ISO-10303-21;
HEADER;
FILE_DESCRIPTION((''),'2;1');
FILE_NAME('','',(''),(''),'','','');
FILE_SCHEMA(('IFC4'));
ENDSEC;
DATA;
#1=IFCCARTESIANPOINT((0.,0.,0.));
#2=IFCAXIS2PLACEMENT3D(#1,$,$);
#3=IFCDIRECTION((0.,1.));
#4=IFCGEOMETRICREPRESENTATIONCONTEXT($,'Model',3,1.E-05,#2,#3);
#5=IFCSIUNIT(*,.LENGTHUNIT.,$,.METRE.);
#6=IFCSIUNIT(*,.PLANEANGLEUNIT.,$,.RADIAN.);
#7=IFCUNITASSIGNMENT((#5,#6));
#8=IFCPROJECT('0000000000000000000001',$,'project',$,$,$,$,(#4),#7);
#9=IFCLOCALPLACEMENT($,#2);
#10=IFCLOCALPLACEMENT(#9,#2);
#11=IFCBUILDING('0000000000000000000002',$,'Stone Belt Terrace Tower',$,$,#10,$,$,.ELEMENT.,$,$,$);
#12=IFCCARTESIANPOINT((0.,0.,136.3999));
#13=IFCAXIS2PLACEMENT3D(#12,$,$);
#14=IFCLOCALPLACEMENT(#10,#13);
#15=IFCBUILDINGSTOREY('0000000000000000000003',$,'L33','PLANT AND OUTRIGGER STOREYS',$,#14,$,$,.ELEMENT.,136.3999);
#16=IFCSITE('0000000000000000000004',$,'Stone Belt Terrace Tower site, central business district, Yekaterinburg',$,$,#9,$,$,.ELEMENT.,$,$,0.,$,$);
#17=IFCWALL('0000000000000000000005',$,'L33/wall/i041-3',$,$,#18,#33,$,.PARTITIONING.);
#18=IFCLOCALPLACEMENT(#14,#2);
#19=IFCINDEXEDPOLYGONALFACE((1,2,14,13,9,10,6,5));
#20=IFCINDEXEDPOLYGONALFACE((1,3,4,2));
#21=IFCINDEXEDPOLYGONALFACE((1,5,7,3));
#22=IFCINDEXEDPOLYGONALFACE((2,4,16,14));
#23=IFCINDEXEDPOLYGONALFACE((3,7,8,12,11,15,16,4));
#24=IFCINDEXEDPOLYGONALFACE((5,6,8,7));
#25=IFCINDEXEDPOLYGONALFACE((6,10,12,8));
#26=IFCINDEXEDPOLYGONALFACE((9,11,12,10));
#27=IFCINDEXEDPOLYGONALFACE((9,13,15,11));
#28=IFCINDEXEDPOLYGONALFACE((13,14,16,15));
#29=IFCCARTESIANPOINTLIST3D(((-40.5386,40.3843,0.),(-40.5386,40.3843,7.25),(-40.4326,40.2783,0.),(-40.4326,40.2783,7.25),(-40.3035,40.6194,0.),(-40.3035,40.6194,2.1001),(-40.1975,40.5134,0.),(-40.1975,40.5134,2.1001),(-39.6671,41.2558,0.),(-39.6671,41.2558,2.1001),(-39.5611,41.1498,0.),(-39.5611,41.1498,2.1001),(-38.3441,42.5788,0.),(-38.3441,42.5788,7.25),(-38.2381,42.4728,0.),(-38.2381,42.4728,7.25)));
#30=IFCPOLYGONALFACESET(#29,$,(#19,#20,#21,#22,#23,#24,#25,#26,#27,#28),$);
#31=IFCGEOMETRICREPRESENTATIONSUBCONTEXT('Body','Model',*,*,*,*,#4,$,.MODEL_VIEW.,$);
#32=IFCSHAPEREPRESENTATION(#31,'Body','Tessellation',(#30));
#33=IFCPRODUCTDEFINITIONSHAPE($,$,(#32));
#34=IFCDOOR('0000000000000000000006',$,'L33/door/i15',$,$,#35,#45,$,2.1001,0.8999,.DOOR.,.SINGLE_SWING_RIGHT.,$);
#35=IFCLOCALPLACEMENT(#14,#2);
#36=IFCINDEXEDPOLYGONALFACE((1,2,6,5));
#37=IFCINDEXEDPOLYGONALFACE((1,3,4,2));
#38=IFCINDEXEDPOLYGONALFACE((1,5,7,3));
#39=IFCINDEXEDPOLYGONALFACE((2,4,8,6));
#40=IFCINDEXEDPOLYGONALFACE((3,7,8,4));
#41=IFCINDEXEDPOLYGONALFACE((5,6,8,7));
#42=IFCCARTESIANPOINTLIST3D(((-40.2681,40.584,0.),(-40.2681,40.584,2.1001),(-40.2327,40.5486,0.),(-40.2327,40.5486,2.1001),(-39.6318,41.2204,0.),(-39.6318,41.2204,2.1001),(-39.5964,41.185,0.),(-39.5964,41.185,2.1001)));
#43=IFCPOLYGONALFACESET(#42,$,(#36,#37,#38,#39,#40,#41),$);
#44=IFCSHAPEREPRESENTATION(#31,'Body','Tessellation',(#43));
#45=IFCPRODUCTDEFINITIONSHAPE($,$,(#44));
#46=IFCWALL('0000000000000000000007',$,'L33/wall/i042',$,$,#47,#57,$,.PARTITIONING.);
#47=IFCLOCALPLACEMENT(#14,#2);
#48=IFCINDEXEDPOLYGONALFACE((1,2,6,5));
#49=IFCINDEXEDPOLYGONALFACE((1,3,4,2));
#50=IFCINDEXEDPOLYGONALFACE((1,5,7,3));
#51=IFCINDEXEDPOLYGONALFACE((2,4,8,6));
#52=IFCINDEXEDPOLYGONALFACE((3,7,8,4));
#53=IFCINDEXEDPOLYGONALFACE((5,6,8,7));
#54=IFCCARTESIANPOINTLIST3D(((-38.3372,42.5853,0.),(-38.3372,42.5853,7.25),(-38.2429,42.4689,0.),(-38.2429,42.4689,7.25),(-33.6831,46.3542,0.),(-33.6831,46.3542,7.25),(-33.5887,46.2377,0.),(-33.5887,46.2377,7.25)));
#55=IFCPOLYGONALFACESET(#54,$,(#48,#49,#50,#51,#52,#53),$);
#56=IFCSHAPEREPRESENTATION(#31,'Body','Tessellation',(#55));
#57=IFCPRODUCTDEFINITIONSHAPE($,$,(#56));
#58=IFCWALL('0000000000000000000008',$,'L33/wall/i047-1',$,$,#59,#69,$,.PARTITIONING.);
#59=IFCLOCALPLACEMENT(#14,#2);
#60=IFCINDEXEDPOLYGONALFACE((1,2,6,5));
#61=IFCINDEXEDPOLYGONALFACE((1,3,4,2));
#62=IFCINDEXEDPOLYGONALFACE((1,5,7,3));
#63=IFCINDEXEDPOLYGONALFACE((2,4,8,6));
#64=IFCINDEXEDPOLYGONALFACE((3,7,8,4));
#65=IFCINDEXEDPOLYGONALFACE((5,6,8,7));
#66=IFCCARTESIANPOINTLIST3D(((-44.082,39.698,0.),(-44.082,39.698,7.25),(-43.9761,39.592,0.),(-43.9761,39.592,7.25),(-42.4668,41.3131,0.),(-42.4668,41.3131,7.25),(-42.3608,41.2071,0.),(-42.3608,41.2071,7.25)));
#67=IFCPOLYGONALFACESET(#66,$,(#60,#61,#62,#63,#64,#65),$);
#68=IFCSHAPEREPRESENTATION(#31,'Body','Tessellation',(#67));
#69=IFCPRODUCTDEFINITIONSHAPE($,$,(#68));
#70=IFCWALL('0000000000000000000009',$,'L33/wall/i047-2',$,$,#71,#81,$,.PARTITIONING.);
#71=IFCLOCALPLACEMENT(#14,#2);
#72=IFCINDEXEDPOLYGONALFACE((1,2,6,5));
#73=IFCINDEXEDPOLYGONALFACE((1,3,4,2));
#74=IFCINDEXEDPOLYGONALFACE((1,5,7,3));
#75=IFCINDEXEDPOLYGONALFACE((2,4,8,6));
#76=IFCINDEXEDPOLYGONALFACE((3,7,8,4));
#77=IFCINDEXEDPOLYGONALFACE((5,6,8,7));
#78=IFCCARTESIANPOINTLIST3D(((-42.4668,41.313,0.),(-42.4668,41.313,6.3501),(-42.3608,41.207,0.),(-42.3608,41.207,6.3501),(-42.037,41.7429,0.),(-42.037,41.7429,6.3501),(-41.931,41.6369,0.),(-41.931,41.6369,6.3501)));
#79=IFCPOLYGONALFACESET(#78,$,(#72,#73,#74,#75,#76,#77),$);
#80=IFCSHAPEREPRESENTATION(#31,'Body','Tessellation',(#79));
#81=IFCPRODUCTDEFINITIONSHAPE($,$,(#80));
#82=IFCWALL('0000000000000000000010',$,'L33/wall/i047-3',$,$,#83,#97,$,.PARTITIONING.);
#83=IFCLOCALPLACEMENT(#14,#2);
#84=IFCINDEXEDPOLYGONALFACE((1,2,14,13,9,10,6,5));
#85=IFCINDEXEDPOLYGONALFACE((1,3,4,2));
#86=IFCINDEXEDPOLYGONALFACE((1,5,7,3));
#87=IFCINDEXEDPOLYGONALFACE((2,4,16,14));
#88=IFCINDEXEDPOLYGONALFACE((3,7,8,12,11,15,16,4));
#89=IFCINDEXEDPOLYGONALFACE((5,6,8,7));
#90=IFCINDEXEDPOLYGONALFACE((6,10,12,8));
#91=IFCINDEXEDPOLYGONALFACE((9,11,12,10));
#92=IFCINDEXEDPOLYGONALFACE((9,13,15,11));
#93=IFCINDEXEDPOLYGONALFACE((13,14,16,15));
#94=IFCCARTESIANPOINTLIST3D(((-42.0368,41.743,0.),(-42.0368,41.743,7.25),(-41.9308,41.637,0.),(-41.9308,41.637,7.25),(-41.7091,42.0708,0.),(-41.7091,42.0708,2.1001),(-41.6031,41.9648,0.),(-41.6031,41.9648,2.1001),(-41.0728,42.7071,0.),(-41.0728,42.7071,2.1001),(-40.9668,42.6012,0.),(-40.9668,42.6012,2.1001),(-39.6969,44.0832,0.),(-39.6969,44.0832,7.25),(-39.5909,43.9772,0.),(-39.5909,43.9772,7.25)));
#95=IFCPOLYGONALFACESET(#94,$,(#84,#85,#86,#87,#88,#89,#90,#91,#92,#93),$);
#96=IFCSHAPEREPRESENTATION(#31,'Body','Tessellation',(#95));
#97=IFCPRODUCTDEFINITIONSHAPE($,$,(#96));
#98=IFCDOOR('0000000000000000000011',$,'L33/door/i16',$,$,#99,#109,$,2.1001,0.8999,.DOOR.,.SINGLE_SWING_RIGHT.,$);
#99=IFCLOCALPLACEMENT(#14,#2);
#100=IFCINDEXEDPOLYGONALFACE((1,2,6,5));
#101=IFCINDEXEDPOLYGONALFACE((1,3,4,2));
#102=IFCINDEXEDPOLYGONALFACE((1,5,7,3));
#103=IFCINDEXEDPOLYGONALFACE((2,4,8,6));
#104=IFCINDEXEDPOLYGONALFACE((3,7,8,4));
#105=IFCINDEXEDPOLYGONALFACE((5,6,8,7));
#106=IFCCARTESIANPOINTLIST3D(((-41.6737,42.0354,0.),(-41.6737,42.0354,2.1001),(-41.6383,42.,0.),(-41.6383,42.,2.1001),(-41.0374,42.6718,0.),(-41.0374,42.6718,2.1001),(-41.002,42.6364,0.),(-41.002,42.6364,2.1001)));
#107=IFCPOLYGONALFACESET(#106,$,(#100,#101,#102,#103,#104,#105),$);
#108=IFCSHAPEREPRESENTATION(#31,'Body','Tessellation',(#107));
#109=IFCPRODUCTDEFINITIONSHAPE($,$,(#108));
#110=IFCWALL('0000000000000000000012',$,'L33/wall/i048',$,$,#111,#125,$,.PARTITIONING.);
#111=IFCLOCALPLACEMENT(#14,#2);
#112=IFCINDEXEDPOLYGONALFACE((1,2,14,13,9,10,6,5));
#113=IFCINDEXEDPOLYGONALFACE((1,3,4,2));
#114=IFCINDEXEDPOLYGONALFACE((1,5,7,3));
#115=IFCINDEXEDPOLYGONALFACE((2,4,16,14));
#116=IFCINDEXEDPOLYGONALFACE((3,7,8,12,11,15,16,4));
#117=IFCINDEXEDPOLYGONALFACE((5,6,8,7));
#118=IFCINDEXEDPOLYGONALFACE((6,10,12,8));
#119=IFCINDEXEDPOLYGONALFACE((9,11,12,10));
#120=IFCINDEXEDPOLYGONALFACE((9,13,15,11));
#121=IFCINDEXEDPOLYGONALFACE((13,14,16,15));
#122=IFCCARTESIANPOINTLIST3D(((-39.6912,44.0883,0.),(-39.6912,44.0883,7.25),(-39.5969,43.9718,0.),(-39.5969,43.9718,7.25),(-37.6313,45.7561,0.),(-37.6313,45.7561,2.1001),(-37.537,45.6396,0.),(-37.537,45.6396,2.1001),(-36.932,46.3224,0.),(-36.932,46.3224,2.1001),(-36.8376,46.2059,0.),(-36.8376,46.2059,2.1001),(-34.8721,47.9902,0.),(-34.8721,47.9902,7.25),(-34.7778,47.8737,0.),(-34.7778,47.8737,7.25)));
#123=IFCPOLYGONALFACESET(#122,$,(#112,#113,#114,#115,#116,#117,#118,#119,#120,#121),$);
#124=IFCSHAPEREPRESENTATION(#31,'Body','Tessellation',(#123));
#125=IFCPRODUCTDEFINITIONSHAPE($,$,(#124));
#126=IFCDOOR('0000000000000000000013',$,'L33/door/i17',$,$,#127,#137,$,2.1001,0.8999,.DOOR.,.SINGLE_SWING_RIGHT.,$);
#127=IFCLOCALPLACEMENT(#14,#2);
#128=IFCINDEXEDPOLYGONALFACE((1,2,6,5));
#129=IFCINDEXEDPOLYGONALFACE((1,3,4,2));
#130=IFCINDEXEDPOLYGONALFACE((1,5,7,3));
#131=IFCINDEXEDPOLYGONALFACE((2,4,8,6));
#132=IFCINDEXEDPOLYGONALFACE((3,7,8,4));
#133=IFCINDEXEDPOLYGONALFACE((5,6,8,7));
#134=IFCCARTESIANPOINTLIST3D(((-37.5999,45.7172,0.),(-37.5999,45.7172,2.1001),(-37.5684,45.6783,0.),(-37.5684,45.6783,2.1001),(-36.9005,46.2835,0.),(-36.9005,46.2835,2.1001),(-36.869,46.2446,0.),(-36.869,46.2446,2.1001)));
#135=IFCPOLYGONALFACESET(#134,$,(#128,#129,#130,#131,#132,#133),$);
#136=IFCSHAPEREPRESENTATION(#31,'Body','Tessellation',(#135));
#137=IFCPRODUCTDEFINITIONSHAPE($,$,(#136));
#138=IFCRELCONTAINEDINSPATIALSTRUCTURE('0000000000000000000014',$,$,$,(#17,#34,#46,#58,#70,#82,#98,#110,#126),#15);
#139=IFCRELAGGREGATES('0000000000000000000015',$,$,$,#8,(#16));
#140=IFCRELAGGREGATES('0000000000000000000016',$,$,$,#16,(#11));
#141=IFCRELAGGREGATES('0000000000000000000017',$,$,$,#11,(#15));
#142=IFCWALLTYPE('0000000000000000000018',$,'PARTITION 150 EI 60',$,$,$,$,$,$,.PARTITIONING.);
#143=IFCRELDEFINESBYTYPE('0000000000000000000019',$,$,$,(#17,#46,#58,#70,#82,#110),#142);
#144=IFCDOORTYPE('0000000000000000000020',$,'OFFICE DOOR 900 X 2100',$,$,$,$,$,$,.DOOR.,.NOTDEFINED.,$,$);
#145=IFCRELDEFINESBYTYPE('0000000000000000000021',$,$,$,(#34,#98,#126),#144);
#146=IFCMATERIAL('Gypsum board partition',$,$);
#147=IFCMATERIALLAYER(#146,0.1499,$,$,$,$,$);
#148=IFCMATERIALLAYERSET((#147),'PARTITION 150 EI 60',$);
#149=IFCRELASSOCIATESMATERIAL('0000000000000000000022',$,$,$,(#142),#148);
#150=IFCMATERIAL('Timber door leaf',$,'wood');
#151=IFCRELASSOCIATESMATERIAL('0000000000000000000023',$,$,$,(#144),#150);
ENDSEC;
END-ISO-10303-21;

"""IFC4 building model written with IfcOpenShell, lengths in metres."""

from ifc_helpers import new_model, si_unit, direction, frame, frame_2d, origin, place, context, subcontext, project, spatial, rectangle, extrude, material, layer, layer_set, type_object, element, fill, save


model = new_model("IFC4")

# Units and contexts
model_context = context("Model", 3, precision=1e-05, world=origin(), true_north=direction((0.0, 1.0)))
body_context = subcontext(model_context, "Body", "Model", "MODEL_VIEW")
ifc_project = project(units=[si_unit("LENGTHUNIT", "METRE"), si_unit("PLANEANGLEUNIT", "RADIAN")], contexts=[model_context])

# Site, building, storey
site_placement = place(None, origin())
site = spatial("IfcSite", under=ifc_project, at=site_placement, Name="Stone Belt Terrace Tower site, central business district, Yekaterinburg", CompositionType="ELEMENT", RefElevation=0.0)
building_placement = place(site_placement, origin())
building = spatial("IfcBuilding", under=site, at=building_placement, Name="Stone Belt Terrace Tower", CompositionType="ELEMENT")
storey_placement = place(building_placement, frame((0.0, 0.0, 136.3999)))
storey = spatial("IfcBuildingStorey", under=building, at=storey_placement, Name="L33", Description="PLANT AND OUTRIGGER STOREYS", CompositionType="ELEMENT", Elevation=136.3999)

# Shared definitions
ifc_material_1 = material(Name="Gypsum board partition")
ifc_layer = layer(ifc_material_1, 0.1499)
ifc_layer_set = layer_set([ifc_layer], Name="PARTITION 150 EI 60")
wall_type = type_object("IfcWallType", Name="PARTITION 150 EI 60", PredefinedType="PARTITIONING", material=ifc_layer_set)

# Wall, opening, door
wall_1_placement = place(storey_placement, frame((-40.4856, 40.3313, 0.0), z_axis=(0.0, 0.0, 1.0), x_axis=(0.707107, 0.707107, 0.0)))
wall_1 = element("IfcWall", 1, at=wall_1_placement, inside=storey, type_object=wall_type, Name="L33/wall/i041-3", PredefinedType="PARTITIONING", context=body_context, shape_type="SweptSolid", body=[
    extrude(rectangle(XDim=3.1035, YDim=0.1499, at=frame_2d((1.5518, 0.0))), origin(), (0.0, 0.0, 1.0), 7.25),
])
opening_1_placement = place(wall_1_placement, frame((0.3325, 0.0, 0.0)))
opening_1 = element("IfcOpeningElement", 2, at=opening_1_placement, cuts=wall_1, PredefinedType="OPENING", context=body_context, shape_type="SweptSolid", body=[
    extrude(rectangle(XDim=0.8999, YDim=2.1001, at=frame_2d((0.45, 1.05))), frame((0.0, 0.085, 0.0), z_axis=(0.0, -1.0, 0.0), x_axis=(1.0, 0.0, 0.0)), (0.0, 0.0, 1.0), 0.1699),
])
ifc_material_2 = material(Name="Timber door leaf", Category="wood")
door_type = type_object("IfcDoorType", Name="OFFICE DOOR 900 X 2100", OperationType="NOTDEFINED", PredefinedType="DOOR", material=ifc_material_2)
door_1_placement = place(opening_1_placement, origin())
door_1 = element("IfcDoor", 3, at=door_1_placement, inside=storey, type_object=door_type, Name="L33/door/i15", OperationType="SINGLE_SWING_RIGHT", OverallHeight=2.1001, OverallWidth=0.8999, PredefinedType="DOOR", context=body_context, shape_type="SweptSolid", body=[
    extrude(rectangle(XDim=0.8999, YDim=2.1001, at=frame_2d((0.45, 1.05))), frame((0.0, 0.0249, 0.0), z_axis=(0.0, -1.0, 0.0), x_axis=(1.0, 0.0, 0.0)), (0.0, 0.0, 1.0), 0.05),
])
fill(opening_1, door_1)

# Walls
wall_2_placement = place(storey_placement, frame((-38.29, 42.5271, 0.0), z_axis=(0.0, 0.0, 1.0), x_axis=(0.777144, 0.629323, 0.0)))
element("IfcWall", 4, at=wall_2_placement, inside=storey, type_object=wall_type, Name="L33/wall/i042", PredefinedType="PARTITIONING", context=body_context, shape_type="SweptSolid", body=[
    extrude(rectangle(XDim=5.9888, YDim=0.1499, at=frame_2d((2.9944, 0.0))), origin(), (0.0, 0.0, 1.0), 7.25),
])
wall_3_placement = place(storey_placement, frame((-44.0291, 39.645, 0.0), z_axis=(0.0, 0.0, 1.0), x_axis=(0.70716, 0.707053, 0.0)))
element("IfcWall", 5, at=wall_3_placement, inside=storey, type_object=wall_type, Name="L33/wall/i047-1", PredefinedType="PARTITIONING", context=body_context, shape_type="SweptSolid", body=[
    extrude(rectangle(XDim=2.2842, YDim=0.1499, at=frame_2d((1.1421, 0.0))), origin(), (0.0, 0.0, 1.0), 7.25),
])
wall_4_placement = place(storey_placement, frame((-42.4138, 41.26, 0.0), z_axis=(0.0, 0.0, 1.0), x_axis=(0.707107, 0.707107, 0.0)))
element("IfcWall", 6, at=wall_4_placement, inside=storey, type_object=wall_type, Name="L33/wall/i047-2", PredefinedType="PARTITIONING", context=body_context, shape_type="SweptSolid", body=[
    extrude(rectangle(XDim=0.6079, YDim=0.1499, at=frame_2d((0.304, 0.0))), origin(), (0.0, 0.0, 1.0), 6.3501),
])

# Walls, openings, doors
wall_5_placement = place(storey_placement, frame((-41.9839, 41.6899, 0.0), z_axis=(0.0, 0.0, 1.0), x_axis=(0.70707, 0.707144, 0.0)))
wall_5 = element("IfcWall", 7, at=wall_5_placement, inside=storey, type_object=wall_type, Name="L33/wall/i047-3", PredefinedType="PARTITIONING", context=body_context, shape_type="SweptSolid", body=[
    extrude(rectangle(XDim=3.3093, YDim=0.1499, at=frame_2d((1.6548, 0.0))), origin(), (0.0, 0.0, 1.0), 7.25),
])
opening_2_placement = place(wall_5_placement, frame((0.4636, 0.0, 0.0)))
opening_2 = element("IfcOpeningElement", 8, at=opening_2_placement, cuts=wall_5, PredefinedType="OPENING", context=body_context, shape_type="SweptSolid", body=[
    extrude(rectangle(XDim=0.8999, YDim=2.1001, at=frame_2d((0.45, 1.05))), frame((0.0, 0.085, 0.0), z_axis=(0.0, -1.0, 0.0), x_axis=(1.0, 0.0, 0.0)), (0.0, 0.0, 1.0), 0.1699),
])
door_2_placement = place(opening_2_placement, origin())
door_2 = element("IfcDoor", 9, at=door_2_placement, inside=storey, type_object=door_type, Name="L33/door/i16", OperationType="SINGLE_SWING_RIGHT", OverallHeight=2.1001, OverallWidth=0.8999, PredefinedType="DOOR", context=body_context, shape_type="SweptSolid", body=[
    extrude(rectangle(XDim=0.8999, YDim=2.1001, at=frame_2d((0.45, 1.05))), frame((0.0, 0.0249, 0.0), z_axis=(0.0, -1.0, 0.0), x_axis=(1.0, 0.0, 0.0)), (0.0, 0.0, 1.0), 0.05),
])
fill(opening_2, door_2)
wall_6_placement = place(storey_placement, frame((-39.644, 44.03, 0.0), z_axis=(0.0, 0.0, 1.0), x_axis=(0.777191, 0.629265, 0.0)))
wall_6 = element("IfcWall", 10, at=wall_6_placement, inside=storey, type_object=wall_type, Name="L33/wall/i048", PredefinedType="PARTITIONING", context=body_context, shape_type="SweptSolid", body=[
    extrude(rectangle(XDim=6.2007, YDim=0.1499, at=frame_2d((3.1003, 0.0))), origin(), (0.0, 0.0, 1.0), 7.25),
])
opening_3_placement = place(wall_6_placement, frame((2.6504, 0.0, 0.0)))
opening_3 = element("IfcOpeningElement", 11, at=opening_3_placement, cuts=wall_6, PredefinedType="OPENING", context=body_context, shape_type="SweptSolid", body=[
    extrude(rectangle(XDim=0.8999, YDim=2.1001, at=frame_2d((0.45, 1.05))), frame((0.0, 0.085, 0.0), z_axis=(0.0, -1.0, 0.0), x_axis=(1.0, 0.0, 0.0)), (0.0, 0.0, 1.0), 0.1699),
])
door_3_placement = place(opening_3_placement, origin())
door_3 = element("IfcDoor", 12, at=door_3_placement, inside=storey, type_object=door_type, Name="L33/door/i17", OperationType="SINGLE_SWING_RIGHT", OverallHeight=2.1001, OverallWidth=0.8999, PredefinedType="DOOR", context=body_context, shape_type="SweptSolid", body=[
    extrude(rectangle(XDim=0.8999, YDim=2.1001, at=frame_2d((0.45, 1.05))), frame((0.0, 0.0249, 0.0), z_axis=(0.0, -1.0, 0.0), x_axis=(1.0, 0.0, 0.0)), (0.0, 0.0, 1.0), 0.05),
])
fill(opening_3, door_3)

save(model, "model.ifc")
